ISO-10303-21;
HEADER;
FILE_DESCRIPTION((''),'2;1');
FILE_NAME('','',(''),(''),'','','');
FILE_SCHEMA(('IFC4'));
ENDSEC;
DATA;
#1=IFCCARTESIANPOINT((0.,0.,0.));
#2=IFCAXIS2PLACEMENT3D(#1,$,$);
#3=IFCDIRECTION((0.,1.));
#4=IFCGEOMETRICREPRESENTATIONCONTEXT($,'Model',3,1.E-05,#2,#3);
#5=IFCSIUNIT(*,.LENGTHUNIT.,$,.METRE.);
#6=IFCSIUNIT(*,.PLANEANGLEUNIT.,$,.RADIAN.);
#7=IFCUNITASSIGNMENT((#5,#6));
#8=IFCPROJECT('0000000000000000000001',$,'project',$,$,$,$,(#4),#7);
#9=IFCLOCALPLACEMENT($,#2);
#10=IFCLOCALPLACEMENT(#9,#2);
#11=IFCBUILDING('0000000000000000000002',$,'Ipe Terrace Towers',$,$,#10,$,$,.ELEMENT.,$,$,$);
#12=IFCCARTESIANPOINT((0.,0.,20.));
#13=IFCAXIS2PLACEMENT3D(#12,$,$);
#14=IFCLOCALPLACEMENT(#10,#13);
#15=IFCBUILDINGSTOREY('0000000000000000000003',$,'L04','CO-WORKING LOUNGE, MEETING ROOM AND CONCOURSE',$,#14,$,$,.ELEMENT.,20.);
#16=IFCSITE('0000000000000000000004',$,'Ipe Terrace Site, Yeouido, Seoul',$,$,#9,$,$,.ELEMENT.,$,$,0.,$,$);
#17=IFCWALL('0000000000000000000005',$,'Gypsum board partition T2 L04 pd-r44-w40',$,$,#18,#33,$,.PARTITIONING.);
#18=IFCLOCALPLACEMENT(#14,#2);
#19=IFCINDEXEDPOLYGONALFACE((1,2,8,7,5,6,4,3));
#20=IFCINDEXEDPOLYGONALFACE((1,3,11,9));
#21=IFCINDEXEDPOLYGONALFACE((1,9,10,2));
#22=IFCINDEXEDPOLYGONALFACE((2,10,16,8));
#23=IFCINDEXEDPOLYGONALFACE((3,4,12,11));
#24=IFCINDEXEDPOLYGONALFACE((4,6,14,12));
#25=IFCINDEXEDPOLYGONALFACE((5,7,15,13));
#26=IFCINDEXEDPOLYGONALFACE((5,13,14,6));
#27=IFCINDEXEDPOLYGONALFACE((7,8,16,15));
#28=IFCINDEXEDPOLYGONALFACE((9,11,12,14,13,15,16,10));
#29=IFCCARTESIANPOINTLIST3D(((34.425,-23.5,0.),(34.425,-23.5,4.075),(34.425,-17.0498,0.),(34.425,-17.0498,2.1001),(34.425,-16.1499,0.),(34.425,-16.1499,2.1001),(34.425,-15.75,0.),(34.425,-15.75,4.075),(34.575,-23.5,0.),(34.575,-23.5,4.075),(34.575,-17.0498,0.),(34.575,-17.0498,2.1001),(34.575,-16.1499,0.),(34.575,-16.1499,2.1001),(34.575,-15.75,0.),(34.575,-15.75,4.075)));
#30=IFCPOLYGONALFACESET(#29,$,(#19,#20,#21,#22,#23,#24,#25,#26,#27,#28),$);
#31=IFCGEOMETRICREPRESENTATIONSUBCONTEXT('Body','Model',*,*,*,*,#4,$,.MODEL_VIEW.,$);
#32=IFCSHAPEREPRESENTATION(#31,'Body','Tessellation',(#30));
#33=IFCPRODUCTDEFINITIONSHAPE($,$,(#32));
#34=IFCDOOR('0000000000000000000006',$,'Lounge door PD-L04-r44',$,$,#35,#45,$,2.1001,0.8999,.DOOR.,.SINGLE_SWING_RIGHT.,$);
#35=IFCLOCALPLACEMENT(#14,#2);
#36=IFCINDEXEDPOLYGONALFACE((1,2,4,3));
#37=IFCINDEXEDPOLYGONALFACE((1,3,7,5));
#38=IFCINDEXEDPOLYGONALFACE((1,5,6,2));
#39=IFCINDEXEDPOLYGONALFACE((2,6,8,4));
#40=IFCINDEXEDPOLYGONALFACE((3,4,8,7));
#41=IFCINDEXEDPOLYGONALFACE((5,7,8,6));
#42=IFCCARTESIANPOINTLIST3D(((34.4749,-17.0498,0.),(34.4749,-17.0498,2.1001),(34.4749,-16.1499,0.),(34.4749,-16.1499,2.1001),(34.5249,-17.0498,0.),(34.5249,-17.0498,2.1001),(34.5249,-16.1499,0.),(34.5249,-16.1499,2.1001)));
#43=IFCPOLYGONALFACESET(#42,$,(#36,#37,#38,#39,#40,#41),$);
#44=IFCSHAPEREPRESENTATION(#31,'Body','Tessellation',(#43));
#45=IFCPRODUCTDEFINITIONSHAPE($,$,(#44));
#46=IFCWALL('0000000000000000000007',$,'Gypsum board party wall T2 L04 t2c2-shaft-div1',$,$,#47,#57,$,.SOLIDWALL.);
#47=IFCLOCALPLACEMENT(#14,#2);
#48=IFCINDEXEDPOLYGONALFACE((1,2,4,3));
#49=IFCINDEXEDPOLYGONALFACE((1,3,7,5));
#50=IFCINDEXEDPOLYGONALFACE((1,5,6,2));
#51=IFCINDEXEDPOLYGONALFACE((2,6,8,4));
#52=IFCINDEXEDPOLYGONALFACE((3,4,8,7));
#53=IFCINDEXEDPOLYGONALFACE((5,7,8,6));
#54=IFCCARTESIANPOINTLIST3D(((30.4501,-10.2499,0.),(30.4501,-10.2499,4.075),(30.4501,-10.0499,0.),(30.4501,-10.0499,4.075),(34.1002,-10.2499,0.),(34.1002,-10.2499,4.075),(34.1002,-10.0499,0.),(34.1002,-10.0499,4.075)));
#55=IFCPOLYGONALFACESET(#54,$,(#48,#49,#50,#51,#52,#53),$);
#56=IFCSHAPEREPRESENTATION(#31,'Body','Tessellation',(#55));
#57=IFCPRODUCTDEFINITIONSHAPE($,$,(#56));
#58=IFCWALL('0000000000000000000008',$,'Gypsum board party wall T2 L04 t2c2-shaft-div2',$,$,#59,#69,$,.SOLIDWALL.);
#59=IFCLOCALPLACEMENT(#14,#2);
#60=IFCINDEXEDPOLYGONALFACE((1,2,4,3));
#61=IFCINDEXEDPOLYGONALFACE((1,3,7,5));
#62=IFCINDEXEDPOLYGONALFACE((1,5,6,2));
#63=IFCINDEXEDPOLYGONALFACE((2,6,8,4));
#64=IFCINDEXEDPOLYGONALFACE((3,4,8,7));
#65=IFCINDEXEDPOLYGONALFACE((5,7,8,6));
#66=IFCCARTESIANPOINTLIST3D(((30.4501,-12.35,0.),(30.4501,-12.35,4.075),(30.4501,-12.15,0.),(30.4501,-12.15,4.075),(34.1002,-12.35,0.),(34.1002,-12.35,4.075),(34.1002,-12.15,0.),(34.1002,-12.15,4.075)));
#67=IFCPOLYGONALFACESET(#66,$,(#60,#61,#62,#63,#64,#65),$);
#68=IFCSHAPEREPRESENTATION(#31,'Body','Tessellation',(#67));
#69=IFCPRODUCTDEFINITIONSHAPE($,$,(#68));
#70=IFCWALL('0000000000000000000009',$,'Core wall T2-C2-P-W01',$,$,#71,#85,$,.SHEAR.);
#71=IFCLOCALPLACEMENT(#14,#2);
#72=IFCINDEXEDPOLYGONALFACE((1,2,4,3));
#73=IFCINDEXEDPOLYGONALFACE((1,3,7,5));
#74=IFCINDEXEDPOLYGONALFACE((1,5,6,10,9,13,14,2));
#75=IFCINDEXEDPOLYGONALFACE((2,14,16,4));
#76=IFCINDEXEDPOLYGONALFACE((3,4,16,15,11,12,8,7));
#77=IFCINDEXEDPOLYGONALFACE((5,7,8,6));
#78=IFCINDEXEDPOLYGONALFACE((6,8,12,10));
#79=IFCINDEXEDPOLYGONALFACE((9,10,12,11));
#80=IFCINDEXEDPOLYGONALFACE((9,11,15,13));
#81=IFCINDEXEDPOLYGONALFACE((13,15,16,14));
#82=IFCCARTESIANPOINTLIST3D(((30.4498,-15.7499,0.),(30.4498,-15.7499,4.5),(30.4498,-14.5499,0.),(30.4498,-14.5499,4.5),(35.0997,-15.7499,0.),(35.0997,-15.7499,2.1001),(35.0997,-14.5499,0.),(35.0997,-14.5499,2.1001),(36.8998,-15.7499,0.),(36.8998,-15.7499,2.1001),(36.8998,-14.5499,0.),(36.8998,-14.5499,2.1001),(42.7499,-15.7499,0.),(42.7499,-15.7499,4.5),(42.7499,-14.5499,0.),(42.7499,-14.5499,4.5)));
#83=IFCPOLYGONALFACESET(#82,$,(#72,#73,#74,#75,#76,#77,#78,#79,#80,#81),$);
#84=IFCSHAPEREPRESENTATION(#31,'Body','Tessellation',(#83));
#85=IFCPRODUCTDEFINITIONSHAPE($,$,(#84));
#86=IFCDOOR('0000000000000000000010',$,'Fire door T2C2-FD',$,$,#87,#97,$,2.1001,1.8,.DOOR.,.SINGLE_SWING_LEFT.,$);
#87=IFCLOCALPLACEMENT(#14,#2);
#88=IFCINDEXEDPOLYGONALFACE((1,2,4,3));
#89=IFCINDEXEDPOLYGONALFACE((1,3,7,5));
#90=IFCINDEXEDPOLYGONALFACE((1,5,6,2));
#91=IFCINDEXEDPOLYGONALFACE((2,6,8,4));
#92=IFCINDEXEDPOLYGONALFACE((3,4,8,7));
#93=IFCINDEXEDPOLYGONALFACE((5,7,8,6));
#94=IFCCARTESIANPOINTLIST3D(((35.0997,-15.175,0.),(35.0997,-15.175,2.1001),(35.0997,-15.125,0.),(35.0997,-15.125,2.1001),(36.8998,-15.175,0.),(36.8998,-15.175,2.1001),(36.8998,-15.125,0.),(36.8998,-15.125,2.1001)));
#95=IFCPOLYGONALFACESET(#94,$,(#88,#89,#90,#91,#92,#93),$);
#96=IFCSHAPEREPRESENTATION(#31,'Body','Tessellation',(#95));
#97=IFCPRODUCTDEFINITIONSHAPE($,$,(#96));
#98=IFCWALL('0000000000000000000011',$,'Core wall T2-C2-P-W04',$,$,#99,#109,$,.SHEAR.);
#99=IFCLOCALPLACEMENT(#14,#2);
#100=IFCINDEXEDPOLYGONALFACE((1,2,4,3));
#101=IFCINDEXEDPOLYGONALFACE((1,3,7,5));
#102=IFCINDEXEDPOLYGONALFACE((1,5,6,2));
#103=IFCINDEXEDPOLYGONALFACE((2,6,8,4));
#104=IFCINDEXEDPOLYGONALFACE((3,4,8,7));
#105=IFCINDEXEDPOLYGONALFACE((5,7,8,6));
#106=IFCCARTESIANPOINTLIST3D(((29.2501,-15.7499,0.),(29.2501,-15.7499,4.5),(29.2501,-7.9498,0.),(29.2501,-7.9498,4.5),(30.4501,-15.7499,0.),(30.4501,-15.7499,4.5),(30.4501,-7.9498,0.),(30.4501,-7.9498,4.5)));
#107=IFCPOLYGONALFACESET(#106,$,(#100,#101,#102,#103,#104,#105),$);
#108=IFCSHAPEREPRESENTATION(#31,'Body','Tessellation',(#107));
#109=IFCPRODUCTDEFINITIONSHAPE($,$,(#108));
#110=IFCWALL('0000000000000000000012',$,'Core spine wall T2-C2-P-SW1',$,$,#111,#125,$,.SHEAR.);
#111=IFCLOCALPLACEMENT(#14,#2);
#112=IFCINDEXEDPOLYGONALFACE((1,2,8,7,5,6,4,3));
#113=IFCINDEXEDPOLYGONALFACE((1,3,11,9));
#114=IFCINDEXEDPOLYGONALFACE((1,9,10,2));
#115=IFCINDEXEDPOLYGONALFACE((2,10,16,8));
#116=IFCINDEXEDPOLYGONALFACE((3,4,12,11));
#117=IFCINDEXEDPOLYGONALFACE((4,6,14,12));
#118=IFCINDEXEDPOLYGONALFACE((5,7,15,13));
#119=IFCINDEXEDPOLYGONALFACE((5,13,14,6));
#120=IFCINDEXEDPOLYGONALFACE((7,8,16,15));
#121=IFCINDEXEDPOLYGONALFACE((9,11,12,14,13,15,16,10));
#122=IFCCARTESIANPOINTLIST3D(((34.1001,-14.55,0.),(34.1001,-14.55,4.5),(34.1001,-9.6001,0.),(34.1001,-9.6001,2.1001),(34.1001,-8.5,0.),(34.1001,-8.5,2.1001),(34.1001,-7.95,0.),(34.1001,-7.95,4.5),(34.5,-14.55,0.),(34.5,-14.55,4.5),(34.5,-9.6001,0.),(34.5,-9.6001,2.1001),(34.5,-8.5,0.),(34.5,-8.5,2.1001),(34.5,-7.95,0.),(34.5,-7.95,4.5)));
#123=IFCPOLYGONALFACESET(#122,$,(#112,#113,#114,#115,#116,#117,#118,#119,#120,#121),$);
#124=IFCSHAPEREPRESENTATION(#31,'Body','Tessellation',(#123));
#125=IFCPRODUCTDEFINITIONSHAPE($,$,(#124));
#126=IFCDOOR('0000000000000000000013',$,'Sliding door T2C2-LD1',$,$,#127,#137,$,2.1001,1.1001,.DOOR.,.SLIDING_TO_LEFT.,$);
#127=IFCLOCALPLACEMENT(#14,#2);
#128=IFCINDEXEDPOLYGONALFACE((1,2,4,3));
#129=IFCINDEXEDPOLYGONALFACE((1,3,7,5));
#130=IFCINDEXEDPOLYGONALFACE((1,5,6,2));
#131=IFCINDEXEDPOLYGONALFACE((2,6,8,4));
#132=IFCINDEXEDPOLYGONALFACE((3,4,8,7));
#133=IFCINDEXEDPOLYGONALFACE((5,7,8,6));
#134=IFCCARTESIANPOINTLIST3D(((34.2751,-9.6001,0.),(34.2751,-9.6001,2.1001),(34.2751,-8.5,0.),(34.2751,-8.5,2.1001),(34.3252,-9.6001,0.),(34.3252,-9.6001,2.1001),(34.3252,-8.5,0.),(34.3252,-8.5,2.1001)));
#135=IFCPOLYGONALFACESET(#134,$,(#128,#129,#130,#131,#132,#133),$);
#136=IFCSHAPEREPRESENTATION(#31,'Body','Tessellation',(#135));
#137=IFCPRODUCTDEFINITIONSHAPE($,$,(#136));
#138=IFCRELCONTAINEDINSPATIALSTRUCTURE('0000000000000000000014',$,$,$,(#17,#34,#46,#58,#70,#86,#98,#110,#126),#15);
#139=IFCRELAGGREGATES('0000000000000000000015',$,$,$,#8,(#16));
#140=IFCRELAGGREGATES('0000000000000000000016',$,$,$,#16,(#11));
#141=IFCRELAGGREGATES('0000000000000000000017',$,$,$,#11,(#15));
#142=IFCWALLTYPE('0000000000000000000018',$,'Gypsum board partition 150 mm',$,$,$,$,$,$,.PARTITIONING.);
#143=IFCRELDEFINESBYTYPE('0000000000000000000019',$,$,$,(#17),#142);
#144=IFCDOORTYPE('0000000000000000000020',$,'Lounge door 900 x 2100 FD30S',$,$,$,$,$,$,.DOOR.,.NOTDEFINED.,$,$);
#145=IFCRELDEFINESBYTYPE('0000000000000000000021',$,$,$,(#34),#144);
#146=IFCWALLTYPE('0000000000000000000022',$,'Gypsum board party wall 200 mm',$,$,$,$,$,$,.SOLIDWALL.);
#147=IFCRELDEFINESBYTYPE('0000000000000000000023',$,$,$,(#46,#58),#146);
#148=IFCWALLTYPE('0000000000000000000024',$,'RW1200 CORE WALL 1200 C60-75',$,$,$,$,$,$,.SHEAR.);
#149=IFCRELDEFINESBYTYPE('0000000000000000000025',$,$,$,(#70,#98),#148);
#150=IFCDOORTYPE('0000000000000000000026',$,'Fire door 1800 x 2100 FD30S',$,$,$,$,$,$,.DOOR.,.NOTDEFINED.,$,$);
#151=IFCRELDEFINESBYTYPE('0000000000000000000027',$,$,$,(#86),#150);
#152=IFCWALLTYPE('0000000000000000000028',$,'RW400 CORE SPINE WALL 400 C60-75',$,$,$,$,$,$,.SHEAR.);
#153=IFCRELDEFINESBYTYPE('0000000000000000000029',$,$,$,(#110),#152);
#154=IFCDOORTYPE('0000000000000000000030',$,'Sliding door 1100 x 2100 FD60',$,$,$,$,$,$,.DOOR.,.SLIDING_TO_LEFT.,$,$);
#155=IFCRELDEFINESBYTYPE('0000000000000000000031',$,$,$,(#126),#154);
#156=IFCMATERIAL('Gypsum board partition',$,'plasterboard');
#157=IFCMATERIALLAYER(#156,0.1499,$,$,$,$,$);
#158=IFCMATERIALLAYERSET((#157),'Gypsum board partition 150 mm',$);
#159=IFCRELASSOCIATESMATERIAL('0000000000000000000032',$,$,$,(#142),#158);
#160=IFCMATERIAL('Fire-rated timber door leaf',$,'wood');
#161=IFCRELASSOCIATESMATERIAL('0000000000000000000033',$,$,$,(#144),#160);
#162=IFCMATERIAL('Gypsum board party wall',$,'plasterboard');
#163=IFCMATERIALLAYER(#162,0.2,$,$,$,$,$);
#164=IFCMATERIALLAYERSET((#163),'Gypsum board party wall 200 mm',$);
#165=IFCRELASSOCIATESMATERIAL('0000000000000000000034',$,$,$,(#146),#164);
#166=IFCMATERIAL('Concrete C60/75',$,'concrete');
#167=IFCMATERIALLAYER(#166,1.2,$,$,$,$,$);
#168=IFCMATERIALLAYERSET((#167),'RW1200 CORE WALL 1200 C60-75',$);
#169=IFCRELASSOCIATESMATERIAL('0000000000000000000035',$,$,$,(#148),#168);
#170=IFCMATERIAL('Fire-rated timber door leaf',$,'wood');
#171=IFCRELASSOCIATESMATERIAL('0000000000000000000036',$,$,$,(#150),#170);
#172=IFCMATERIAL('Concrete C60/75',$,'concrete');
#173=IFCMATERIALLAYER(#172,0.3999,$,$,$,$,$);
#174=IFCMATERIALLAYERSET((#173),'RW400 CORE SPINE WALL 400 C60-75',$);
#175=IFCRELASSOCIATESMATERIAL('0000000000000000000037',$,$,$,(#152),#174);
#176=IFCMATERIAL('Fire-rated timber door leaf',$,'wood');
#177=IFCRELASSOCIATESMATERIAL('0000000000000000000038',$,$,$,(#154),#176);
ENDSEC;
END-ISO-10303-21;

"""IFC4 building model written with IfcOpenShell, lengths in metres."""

from ifc_helpers import new_model, si_unit, direction, frame, frame_2d, origin, place, context, subcontext, project, spatial, rectangle, extrude, material, layer, layer_set, type_object, element, fill, save


model = new_model("IFC4")

# Units and contexts
model_context = context("Model", 3, precision=1e-05, world=origin(), true_north=direction((0.0, 1.0)))
body_context = subcontext(model_context, "Body", "Model", "MODEL_VIEW")
ifc_project = project(units=[si_unit("LENGTHUNIT", "METRE"), si_unit("PLANEANGLEUNIT", "RADIAN")], contexts=[model_context])

# Site, building, storey
site_placement = place(None, origin())
site = spatial("IfcSite", under=ifc_project, at=site_placement, Name="Ipe Terrace Site, Yeouido, Seoul", CompositionType="ELEMENT", RefElevation=0.0)
building_placement = place(site_placement, origin())
building = spatial("IfcBuilding", under=site, at=building_placement, Name="Ipe Terrace Towers", CompositionType="ELEMENT")
storey_placement = place(building_placement, frame((0.0, 0.0, 20.0)))
storey = spatial("IfcBuildingStorey", under=building, at=storey_placement, Name="L04", Description="CO-WORKING LOUNGE, MEETING ROOM AND CONCOURSE", CompositionType="ELEMENT", Elevation=20.0)

# Shared definitions
ifc_material_1 = material(Name="Gypsum board partition", Category="plasterboard")
ifc_layer_1 = layer(ifc_material_1, 0.1499)
ifc_layer_set_1 = layer_set([ifc_layer_1], Name="Gypsum board partition 150 mm")
wall_type_1 = type_object("IfcWallType", Name="Gypsum board partition 150 mm", PredefinedType="PARTITIONING", material=ifc_layer_set_1)

# Wall, opening, door
wall_1_placement = place(storey_placement, frame((34.5, -15.75, 0.0), z_axis=(0.0, 0.0, 1.0), x_axis=(0.0, -1.0, 0.0)))
wall_1 = element("IfcWall", 1, at=wall_1_placement, inside=storey, type_object=wall_type_1, Name="Gypsum board partition T2 L04 pd-r44-w40", PredefinedType="PARTITIONING", context=body_context, shape_type="SweptSolid", body=[
    extrude(rectangle(XDim=7.75, YDim=0.1499, at=frame_2d((3.875, 0.0))), origin(), (0.0, 0.0, 1.0), 4.075),
])
opening_1_placement = place(wall_1_placement, frame((0.3999, 0.0, 0.0)))
opening_1 = element("IfcOpeningElement", 2, at=opening_1_placement, cuts=wall_1, PredefinedType="OPENING", context=body_context, shape_type="SweptSolid", body=[
    extrude(rectangle(XDim=0.8999, YDim=2.1001, at=frame_2d((0.45, 1.05))), frame((0.0, 0.085, 0.0), z_axis=(0.0, -1.0, 0.0), x_axis=(1.0, 0.0, 0.0)), (0.0, 0.0, 1.0), 0.1699),
])
ifc_material_2 = material(Name="Fire-rated timber door leaf", Category="wood")
door_type_1 = type_object("IfcDoorType", Name="Lounge door 900 x 2100 FD30S", OperationType="NOTDEFINED", PredefinedType="DOOR", material=ifc_material_2)
door_1_placement = place(opening_1_placement, origin())
door_1 = element("IfcDoor", 3, at=door_1_placement, inside=storey, type_object=door_type_1, Name="Lounge door PD-L04-r44", OperationType="SINGLE_SWING_RIGHT", OverallHeight=2.1001, OverallWidth=0.8999, PredefinedType="DOOR", context=body_context, shape_type="SweptSolid", body=[
    extrude(rectangle(XDim=0.8999, YDim=2.1001, at=frame_2d((0.45, 1.05))), frame((0.0, 0.0249, 0.0), z_axis=(0.0, -1.0, 0.0), x_axis=(1.0, 0.0, 0.0)), (0.0, 0.0, 1.0), 0.05),
])
fill(opening_1, door_1)

# Walls
ifc_material_3 = material(Name="Gypsum board party wall", Category="plasterboard")
ifc_layer_2 = layer(ifc_material_3, 0.2)
ifc_layer_set_2 = layer_set([ifc_layer_2], Name="Gypsum board party wall 200 mm")
wall_type_2 = type_object("IfcWallType", Name="Gypsum board party wall 200 mm", PredefinedType="SOLIDWALL", material=ifc_layer_set_2)
for number, where, z_axis, x_axis, name in (
    (4, (30.45, -10.1499, 0.0), (0.0, 0.0, 1.0), (1.0, 0.0, 0.0), "Gypsum board party wall T2 L04 t2c2-shaft-div1"),
    (5, (30.45, -12.25, 0.0), (0.0, 0.0, 1.0), (1.0, 0.0, 0.0), "Gypsum board party wall T2 L04 t2c2-shaft-div2"),
):
    element("IfcWall", number, at=place(storey_placement, frame(where, z_axis=z_axis, x_axis=x_axis)), inside=storey, type_object=wall_type_2, Name=name, PredefinedType="SOLIDWALL", context=body_context, shape_type="SweptSolid", body=[
        extrude(rectangle(XDim=3.6501, YDim=0.2, at=frame_2d((1.8252, 0.0))), origin(), (0.0, 0.0, 1.0), 4.075),
    ])

# Wall, opening, door
ifc_material_4 = material(Name="Concrete C60/75", Category="concrete")
ifc_layer_3 = layer(ifc_material_4, 1.2)
ifc_layer_set_3 = layer_set([ifc_layer_3], Name="RW1200 CORE WALL 1200 C60-75")
wall_type_3 = type_object("IfcWallType", Name="RW1200 CORE WALL 1200 C60-75", PredefinedType="SHEAR", material=ifc_layer_set_3)
wall_2_placement = place(storey_placement, frame((30.45, -15.1499, 0.0), z_axis=(0.0, 0.0, 1.0), x_axis=(1.0, 0.0, 0.0)))
wall_2 = element("IfcWall", 6, at=wall_2_placement, inside=storey, type_object=wall_type_3, Name="Core wall T2-C2-P-W01", PredefinedType="SHEAR", context=body_context, shape_type="SweptSolid", body=[
    extrude(rectangle(XDim=12.3, YDim=1.2, at=frame_2d((6.1499, 0.0))), origin(), (0.0, 0.0, 1.0), 4.5),
])
opening_2_placement = place(wall_2_placement, frame((4.6499, 0.0, 0.0)))
opening_2 = element("IfcOpeningElement", 7, at=opening_2_placement, cuts=wall_2, PredefinedType="OPENING", context=body_context, shape_type="SweptSolid", body=[
    extrude(rectangle(XDim=1.8, YDim=2.1001, at=frame_2d((0.8999, 1.05))), frame((0.0, 0.6099, 0.0), z_axis=(0.0, -1.0, 0.0), x_axis=(1.0, 0.0, 0.0)), (0.0, 0.0, 1.0), 1.22),
])
ifc_material_5 = material(Name="Fire-rated timber door leaf", Category="wood")
door_type_2 = type_object("IfcDoorType", Name="Fire door 1800 x 2100 FD30S", OperationType="NOTDEFINED", PredefinedType="DOOR", material=ifc_material_5)
door_2_placement = place(opening_2_placement, origin())
door_2 = element("IfcDoor", 8, at=door_2_placement, inside=storey, type_object=door_type_2, Name="Fire door T2C2-FD", OperationType="SINGLE_SWING_LEFT", OverallHeight=2.1001, OverallWidth=1.8, PredefinedType="DOOR", context=body_context, shape_type="SweptSolid", body=[
    extrude(rectangle(XDim=1.8, YDim=2.1001, at=frame_2d((0.8999, 1.05))), frame((0.0, 0.0249, 0.0), z_axis=(0.0, -1.0, 0.0), x_axis=(1.0, 0.0, 0.0)), (0.0, 0.0, 1.0), 0.05),
])
fill(opening_2, door_2)

# Wall
wall_3_placement = place(storey_placement, frame((29.8501, -7.95, 0.0), z_axis=(0.0, 0.0, 1.0), x_axis=(0.0, -1.0, 0.0)))
element("IfcWall", 9, at=wall_3_placement, inside=storey, type_object=wall_type_3, Name="Core wall T2-C2-P-W04", PredefinedType="SHEAR", context=body_context, shape_type="SweptSolid", body=[
    extrude(rectangle(XDim=7.8, YDim=1.2, at=frame_2d((3.8999, 0.0))), origin(), (0.0, 0.0, 1.0), 4.5),
])

# Wall, opening, door
ifc_material_6 = material(Name="Concrete C60/75", Category="concrete")
ifc_layer_4 = layer(ifc_material_6, 0.3999)
ifc_layer_set_4 = layer_set([ifc_layer_4], Name="RW400 CORE SPINE WALL 400 C60-75")
wall_type_4 = type_object("IfcWallType", Name="RW400 CORE SPINE WALL 400 C60-75", PredefinedType="SHEAR", material=ifc_layer_set_4)
wall_4_placement = place(storey_placement, frame((34.3, -14.55, 0.0), z_axis=(0.0, 0.0, 1.0), x_axis=(0.0, 1.0, 0.0)))
wall_4 = element("IfcWall", 10, at=wall_4_placement, inside=storey, type_object=wall_type_4, Name="Core spine wall T2-C2-P-SW1", PredefinedType="SHEAR", context=body_context, shape_type="SweptSolid", body=[
    extrude(rectangle(XDim=6.6001, YDim=0.3999, at=frame_2d((3.3, 0.0))), origin(), (0.0, 0.0, 1.0), 4.5),
])
opening_3_placement = place(wall_4_placement, frame((4.95, 0.0, 0.0)))
opening_3 = element("IfcOpeningElement", 11, at=opening_3_placement, cuts=wall_4, PredefinedType="OPENING", context=body_context, shape_type="SweptSolid", body=[
    extrude(rectangle(XDim=1.1001, YDim=2.1001, at=frame_2d((0.55, 1.05))), frame((0.0, 0.21, 0.0), z_axis=(0.0, -1.0, 0.0), x_axis=(1.0, 0.0, 0.0)), (0.0, 0.0, 1.0), 0.4199),
])
ifc_material_7 = material(Name="Fire-rated timber door leaf", Category="wood")
door_type_3 = type_object("IfcDoorType", Name="Sliding door 1100 x 2100 FD60", OperationType="SLIDING_TO_LEFT", PredefinedType="DOOR", material=ifc_material_7)
door_3_placement = place(opening_3_placement, origin())
door_3 = element("IfcDoor", 12, at=door_3_placement, inside=storey, type_object=door_type_3, Name="Sliding door T2C2-LD1", OperationType="SLIDING_TO_LEFT", OverallHeight=2.1001, OverallWidth=1.1001, PredefinedType="DOOR", context=body_context, shape_type="SweptSolid", body=[
    extrude(rectangle(XDim=1.1001, YDim=2.1001, at=frame_2d((0.55, 1.05))), frame((0.0, 0.0249, 0.0), z_axis=(0.0, -1.0, 0.0), x_axis=(1.0, 0.0, 0.0)), (0.0, 0.0, 1.0), 0.05),
])
fill(opening_3, door_3)

save(model, "model.ifc")
